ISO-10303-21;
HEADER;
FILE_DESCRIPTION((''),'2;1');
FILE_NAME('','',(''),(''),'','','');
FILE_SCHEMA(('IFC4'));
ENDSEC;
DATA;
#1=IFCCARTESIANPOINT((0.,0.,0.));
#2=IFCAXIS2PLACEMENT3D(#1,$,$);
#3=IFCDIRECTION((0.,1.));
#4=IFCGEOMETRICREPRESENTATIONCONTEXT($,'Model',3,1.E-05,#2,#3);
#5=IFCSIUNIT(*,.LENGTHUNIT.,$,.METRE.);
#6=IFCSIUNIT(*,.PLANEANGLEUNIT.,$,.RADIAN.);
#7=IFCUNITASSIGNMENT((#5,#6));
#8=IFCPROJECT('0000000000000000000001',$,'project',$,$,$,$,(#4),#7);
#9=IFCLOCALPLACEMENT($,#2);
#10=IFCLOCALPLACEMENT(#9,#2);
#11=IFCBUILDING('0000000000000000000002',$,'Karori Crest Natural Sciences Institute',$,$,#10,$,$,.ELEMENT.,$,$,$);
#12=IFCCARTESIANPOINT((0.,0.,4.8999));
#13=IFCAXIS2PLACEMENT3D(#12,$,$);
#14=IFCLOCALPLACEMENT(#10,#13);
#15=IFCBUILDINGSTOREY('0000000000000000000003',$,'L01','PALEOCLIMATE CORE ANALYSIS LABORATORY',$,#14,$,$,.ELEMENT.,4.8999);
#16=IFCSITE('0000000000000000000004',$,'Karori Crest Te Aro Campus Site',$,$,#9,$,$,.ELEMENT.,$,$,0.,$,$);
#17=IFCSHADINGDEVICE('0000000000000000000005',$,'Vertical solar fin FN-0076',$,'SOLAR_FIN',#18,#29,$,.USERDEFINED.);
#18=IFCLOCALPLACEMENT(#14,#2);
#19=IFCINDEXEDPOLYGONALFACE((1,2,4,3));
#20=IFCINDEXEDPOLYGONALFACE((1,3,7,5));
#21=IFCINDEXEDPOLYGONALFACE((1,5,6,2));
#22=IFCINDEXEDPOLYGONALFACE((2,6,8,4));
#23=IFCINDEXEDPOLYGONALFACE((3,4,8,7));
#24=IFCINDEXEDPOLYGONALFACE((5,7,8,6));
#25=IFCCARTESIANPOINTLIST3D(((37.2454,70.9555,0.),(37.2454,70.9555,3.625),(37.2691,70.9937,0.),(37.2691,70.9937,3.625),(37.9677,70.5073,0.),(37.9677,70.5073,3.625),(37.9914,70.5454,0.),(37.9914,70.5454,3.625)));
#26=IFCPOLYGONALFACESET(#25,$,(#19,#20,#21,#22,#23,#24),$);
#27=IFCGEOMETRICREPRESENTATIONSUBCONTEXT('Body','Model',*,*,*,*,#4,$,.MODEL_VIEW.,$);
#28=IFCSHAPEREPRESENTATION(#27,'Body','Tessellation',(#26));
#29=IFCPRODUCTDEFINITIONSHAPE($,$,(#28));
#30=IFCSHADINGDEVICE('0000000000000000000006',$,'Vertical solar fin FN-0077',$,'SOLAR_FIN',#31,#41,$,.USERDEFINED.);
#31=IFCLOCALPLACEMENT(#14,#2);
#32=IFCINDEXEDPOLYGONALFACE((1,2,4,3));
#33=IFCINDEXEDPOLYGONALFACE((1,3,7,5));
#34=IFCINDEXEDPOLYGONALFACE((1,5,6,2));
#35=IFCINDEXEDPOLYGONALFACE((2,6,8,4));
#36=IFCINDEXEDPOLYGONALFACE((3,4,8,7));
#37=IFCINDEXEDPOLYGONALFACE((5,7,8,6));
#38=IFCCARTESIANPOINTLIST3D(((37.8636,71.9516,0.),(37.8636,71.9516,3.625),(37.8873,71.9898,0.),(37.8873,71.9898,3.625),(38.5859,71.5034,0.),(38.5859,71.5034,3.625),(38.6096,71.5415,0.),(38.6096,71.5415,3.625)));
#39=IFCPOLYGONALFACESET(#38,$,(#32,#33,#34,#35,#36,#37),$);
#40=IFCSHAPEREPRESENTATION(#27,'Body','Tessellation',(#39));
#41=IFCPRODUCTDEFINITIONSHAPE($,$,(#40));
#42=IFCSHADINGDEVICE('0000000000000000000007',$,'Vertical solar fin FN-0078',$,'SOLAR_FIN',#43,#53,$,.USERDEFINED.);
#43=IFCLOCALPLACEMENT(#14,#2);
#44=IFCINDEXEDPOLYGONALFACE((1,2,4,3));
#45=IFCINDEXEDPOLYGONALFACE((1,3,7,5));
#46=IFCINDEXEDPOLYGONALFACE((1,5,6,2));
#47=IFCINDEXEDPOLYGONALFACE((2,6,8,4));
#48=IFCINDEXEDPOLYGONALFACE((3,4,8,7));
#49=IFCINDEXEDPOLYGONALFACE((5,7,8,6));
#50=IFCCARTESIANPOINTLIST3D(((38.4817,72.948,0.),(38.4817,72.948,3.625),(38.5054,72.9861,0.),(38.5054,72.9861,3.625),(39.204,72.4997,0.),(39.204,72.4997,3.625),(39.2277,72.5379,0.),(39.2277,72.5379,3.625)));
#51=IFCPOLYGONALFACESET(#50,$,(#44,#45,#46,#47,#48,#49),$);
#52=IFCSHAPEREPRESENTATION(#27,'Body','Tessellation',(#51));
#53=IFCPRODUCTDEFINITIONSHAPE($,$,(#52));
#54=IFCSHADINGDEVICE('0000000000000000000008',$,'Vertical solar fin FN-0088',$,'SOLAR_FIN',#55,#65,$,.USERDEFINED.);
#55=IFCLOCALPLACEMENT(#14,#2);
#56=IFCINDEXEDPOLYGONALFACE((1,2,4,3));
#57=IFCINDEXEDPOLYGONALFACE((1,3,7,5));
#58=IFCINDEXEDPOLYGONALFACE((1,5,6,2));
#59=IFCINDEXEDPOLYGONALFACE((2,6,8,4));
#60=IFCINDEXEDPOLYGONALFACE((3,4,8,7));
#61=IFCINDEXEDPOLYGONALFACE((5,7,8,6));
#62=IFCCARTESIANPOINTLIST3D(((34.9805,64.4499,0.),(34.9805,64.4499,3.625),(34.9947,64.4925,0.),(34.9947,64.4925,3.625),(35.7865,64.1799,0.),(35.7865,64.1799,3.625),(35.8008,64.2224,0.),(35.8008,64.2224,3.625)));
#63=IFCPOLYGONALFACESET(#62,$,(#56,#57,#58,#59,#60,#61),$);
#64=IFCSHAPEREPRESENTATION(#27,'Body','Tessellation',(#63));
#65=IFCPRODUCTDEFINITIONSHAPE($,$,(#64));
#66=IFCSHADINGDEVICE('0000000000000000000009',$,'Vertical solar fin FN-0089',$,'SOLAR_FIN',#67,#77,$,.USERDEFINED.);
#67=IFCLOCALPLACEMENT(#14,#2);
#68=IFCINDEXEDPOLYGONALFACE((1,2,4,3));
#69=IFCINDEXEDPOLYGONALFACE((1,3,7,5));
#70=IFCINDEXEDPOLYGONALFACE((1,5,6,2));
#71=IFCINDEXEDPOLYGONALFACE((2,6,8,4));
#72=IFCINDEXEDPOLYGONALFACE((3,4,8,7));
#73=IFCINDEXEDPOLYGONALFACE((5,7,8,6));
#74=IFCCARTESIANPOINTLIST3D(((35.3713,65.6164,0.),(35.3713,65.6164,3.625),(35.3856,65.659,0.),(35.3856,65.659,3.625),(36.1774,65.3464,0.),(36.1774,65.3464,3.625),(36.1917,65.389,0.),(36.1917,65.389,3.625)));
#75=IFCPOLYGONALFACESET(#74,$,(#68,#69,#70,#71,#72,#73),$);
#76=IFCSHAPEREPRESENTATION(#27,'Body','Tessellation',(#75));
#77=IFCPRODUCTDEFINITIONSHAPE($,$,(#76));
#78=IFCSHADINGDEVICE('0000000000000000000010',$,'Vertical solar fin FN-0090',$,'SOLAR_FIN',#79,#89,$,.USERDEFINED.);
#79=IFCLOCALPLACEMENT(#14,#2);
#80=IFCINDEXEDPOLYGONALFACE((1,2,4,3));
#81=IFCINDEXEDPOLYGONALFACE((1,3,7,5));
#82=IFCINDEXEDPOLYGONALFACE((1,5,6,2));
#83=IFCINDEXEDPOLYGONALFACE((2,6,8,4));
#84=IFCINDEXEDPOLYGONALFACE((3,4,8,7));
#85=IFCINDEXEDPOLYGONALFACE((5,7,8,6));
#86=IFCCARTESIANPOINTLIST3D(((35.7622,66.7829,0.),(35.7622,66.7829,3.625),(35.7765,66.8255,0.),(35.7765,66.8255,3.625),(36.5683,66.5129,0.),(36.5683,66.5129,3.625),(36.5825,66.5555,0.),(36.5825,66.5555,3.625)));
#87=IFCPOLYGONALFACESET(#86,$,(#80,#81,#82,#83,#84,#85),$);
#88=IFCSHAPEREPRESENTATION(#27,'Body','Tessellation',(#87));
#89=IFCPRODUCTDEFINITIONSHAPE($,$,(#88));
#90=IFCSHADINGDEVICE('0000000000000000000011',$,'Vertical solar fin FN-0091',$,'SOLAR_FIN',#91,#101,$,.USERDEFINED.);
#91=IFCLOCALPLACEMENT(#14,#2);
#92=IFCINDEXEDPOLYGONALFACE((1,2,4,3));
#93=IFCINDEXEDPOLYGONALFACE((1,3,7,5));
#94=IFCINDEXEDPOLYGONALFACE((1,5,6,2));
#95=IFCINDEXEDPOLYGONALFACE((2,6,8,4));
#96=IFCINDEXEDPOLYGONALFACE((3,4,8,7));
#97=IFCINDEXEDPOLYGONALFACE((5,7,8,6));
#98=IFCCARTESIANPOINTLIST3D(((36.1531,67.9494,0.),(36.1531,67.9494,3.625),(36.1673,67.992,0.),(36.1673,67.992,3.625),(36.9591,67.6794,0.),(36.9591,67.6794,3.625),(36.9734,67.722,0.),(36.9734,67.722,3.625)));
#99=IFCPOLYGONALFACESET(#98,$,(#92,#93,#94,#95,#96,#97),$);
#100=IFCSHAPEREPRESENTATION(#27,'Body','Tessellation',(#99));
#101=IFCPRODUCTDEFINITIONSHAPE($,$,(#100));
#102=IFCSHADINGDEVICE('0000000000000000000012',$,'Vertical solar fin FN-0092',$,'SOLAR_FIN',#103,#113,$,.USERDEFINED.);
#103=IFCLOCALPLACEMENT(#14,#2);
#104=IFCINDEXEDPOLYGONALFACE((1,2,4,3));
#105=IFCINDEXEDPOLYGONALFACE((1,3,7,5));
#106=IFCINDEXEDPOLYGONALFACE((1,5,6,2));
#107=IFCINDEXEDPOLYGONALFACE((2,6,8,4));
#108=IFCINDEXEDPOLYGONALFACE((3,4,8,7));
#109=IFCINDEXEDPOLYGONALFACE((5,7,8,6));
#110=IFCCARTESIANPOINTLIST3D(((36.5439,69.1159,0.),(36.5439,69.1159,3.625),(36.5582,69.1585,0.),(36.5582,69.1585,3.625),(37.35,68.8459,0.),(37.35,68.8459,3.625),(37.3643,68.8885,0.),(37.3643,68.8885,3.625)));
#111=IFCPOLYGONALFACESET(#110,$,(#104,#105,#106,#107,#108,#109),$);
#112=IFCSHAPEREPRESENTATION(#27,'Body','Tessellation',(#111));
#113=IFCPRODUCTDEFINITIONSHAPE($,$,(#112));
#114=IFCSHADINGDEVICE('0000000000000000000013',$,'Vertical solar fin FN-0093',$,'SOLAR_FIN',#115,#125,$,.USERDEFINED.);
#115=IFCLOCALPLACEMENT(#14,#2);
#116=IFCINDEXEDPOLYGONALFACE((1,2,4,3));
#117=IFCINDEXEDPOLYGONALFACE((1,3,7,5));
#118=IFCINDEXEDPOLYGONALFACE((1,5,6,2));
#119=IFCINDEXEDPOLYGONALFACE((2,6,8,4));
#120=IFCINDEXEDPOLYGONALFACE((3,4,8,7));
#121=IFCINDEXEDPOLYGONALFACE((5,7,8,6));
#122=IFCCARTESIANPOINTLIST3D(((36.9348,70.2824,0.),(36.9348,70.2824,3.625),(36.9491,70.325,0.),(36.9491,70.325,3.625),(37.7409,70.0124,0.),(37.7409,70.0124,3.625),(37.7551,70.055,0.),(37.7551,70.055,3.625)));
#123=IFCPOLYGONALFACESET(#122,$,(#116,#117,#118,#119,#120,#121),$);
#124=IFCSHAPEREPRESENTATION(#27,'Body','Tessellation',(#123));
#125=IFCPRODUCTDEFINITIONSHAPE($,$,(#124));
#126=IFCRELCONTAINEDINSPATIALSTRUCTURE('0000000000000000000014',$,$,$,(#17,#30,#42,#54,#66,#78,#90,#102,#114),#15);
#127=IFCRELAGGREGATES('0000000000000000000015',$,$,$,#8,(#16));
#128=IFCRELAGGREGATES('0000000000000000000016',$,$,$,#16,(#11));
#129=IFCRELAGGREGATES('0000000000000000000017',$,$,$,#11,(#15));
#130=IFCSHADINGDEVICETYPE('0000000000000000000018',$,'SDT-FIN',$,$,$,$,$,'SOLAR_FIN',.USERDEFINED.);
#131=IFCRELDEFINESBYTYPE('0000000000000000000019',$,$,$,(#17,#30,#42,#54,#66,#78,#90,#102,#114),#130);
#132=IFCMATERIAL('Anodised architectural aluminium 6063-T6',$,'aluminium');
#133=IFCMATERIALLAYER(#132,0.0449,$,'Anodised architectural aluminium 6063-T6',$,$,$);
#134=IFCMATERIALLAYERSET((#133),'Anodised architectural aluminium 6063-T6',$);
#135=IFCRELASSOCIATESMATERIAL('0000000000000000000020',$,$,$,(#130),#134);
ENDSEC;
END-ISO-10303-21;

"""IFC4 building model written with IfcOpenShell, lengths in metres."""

from ifc_helpers import new_model, si_unit, direction, frame, origin, origin_2d, place, context, subcontext, project, spatial, rectangle, extrude, material, layer, layer_set, type_object, element, save


model = new_model("IFC4")

# Units and contexts
model_context = context("Model", 3, precision=1e-05, world=origin(), true_north=direction((0.0, 1.0)))
body_context = subcontext(model_context, "Body", "Model", "MODEL_VIEW")
ifc_project = project(units=[si_unit("LENGTHUNIT", "METRE"), si_unit("PLANEANGLEUNIT", "RADIAN")], contexts=[model_context])

# Site, building, storey
site_placement = place(None, origin())
site = spatial("IfcSite", under=ifc_project, at=site_placement, Name="Karori Crest Te Aro Campus Site", CompositionType="ELEMENT", RefElevation=0.0)
building_placement = place(site_placement, origin())
building = spatial("IfcBuilding", under=site, at=building_placement, Name="Karori Crest Natural Sciences Institute", CompositionType="ELEMENT")
storey_placement = place(building_placement, frame((0.0, 0.0, 4.8999)))
storey = spatial("IfcBuildingStorey", under=building, at=storey_placement, Name="L01", Description="PALEOCLIMATE CORE ANALYSIS LABORATORY", CompositionType="ELEMENT", Elevation=4.8999)

# Shared definitions
ifc_material_1 = material(Name="Anodised architectural aluminium 6063-T6", Category="aluminium")

# Shading devices
ifc_layer_1 = layer(ifc_material_1, 0.0449, Name="Anodised architectural aluminium 6063-T6")
ifc_layer_set_1 = layer_set([ifc_layer_1], Name="Anodised architectural aluminium 6063-T6")
shading_device_type = type_object("IfcShadingDeviceType", Name="SDT-FIN", ElementType="SOLAR_FIN", PredefinedType="USERDEFINED", material=ifc_layer_set_1)
for number, where, z_axis, x_axis, name in (
    (1, (37.6184, 70.7505, 0.0), (0.0, 0.0, 1.0), (-0.849662, 0.527328, 0.0), "Vertical solar fin FN-0076"),
    (2, (38.2366, 71.7466, 0.0), (0.0, 0.0, 1.0), (-0.849662, 0.527328, 0.0), "Vertical solar fin FN-0077"),
    (3, (38.8547, 72.7429, 0.0), (0.0, 0.0, 1.0), (-0.849662, 0.527328, 0.0), "Vertical solar fin FN-0078"),
    (4, (35.3906, 64.3362, 0.0), (0.0, 0.0, 1.0), (-0.948196, 0.317685, 0.0), "Vertical solar fin FN-0088"),
    (5, (35.7815, 65.5027, 0.0), (0.0, 0.0, 1.0), (-0.948196, 0.317685, 0.0), "Vertical solar fin FN-0089"),
    (6, (36.1724, 66.6692, 0.0), (0.0, 0.0, 1.0), (-0.948196, 0.317685, 0.0), "Vertical solar fin FN-0090"),
    (7, (36.5632, 67.8357, 0.0), (0.0, 0.0, 1.0), (-0.948196, 0.317685, 0.0), "Vertical solar fin FN-0091"),
    (8, (36.9541, 69.0022, 0.0), (0.0, 0.0, 1.0), (-0.948196, 0.317685, 0.0), "Vertical solar fin FN-0092"),
    (9, (37.345, 70.1687, 0.0), (0.0, 0.0, 1.0), (-0.948196, 0.317685, 0.0), "Vertical solar fin FN-0093"),
):
    element("IfcShadingDevice", number, at=place(storey_placement, frame(where, z_axis=z_axis, x_axis=x_axis)), inside=storey, type_object=shading_device_type, Name=name, ObjectType="SOLAR_FIN", PredefinedType="USERDEFINED", context=body_context, shape_type="SweptSolid", body=[
        extrude(rectangle(XDim=0.8501, YDim=0.0449, at=origin_2d()), origin(), (0.0, 0.0, 1.0), 3.625),
    ])

save(model, "model.ifc")
